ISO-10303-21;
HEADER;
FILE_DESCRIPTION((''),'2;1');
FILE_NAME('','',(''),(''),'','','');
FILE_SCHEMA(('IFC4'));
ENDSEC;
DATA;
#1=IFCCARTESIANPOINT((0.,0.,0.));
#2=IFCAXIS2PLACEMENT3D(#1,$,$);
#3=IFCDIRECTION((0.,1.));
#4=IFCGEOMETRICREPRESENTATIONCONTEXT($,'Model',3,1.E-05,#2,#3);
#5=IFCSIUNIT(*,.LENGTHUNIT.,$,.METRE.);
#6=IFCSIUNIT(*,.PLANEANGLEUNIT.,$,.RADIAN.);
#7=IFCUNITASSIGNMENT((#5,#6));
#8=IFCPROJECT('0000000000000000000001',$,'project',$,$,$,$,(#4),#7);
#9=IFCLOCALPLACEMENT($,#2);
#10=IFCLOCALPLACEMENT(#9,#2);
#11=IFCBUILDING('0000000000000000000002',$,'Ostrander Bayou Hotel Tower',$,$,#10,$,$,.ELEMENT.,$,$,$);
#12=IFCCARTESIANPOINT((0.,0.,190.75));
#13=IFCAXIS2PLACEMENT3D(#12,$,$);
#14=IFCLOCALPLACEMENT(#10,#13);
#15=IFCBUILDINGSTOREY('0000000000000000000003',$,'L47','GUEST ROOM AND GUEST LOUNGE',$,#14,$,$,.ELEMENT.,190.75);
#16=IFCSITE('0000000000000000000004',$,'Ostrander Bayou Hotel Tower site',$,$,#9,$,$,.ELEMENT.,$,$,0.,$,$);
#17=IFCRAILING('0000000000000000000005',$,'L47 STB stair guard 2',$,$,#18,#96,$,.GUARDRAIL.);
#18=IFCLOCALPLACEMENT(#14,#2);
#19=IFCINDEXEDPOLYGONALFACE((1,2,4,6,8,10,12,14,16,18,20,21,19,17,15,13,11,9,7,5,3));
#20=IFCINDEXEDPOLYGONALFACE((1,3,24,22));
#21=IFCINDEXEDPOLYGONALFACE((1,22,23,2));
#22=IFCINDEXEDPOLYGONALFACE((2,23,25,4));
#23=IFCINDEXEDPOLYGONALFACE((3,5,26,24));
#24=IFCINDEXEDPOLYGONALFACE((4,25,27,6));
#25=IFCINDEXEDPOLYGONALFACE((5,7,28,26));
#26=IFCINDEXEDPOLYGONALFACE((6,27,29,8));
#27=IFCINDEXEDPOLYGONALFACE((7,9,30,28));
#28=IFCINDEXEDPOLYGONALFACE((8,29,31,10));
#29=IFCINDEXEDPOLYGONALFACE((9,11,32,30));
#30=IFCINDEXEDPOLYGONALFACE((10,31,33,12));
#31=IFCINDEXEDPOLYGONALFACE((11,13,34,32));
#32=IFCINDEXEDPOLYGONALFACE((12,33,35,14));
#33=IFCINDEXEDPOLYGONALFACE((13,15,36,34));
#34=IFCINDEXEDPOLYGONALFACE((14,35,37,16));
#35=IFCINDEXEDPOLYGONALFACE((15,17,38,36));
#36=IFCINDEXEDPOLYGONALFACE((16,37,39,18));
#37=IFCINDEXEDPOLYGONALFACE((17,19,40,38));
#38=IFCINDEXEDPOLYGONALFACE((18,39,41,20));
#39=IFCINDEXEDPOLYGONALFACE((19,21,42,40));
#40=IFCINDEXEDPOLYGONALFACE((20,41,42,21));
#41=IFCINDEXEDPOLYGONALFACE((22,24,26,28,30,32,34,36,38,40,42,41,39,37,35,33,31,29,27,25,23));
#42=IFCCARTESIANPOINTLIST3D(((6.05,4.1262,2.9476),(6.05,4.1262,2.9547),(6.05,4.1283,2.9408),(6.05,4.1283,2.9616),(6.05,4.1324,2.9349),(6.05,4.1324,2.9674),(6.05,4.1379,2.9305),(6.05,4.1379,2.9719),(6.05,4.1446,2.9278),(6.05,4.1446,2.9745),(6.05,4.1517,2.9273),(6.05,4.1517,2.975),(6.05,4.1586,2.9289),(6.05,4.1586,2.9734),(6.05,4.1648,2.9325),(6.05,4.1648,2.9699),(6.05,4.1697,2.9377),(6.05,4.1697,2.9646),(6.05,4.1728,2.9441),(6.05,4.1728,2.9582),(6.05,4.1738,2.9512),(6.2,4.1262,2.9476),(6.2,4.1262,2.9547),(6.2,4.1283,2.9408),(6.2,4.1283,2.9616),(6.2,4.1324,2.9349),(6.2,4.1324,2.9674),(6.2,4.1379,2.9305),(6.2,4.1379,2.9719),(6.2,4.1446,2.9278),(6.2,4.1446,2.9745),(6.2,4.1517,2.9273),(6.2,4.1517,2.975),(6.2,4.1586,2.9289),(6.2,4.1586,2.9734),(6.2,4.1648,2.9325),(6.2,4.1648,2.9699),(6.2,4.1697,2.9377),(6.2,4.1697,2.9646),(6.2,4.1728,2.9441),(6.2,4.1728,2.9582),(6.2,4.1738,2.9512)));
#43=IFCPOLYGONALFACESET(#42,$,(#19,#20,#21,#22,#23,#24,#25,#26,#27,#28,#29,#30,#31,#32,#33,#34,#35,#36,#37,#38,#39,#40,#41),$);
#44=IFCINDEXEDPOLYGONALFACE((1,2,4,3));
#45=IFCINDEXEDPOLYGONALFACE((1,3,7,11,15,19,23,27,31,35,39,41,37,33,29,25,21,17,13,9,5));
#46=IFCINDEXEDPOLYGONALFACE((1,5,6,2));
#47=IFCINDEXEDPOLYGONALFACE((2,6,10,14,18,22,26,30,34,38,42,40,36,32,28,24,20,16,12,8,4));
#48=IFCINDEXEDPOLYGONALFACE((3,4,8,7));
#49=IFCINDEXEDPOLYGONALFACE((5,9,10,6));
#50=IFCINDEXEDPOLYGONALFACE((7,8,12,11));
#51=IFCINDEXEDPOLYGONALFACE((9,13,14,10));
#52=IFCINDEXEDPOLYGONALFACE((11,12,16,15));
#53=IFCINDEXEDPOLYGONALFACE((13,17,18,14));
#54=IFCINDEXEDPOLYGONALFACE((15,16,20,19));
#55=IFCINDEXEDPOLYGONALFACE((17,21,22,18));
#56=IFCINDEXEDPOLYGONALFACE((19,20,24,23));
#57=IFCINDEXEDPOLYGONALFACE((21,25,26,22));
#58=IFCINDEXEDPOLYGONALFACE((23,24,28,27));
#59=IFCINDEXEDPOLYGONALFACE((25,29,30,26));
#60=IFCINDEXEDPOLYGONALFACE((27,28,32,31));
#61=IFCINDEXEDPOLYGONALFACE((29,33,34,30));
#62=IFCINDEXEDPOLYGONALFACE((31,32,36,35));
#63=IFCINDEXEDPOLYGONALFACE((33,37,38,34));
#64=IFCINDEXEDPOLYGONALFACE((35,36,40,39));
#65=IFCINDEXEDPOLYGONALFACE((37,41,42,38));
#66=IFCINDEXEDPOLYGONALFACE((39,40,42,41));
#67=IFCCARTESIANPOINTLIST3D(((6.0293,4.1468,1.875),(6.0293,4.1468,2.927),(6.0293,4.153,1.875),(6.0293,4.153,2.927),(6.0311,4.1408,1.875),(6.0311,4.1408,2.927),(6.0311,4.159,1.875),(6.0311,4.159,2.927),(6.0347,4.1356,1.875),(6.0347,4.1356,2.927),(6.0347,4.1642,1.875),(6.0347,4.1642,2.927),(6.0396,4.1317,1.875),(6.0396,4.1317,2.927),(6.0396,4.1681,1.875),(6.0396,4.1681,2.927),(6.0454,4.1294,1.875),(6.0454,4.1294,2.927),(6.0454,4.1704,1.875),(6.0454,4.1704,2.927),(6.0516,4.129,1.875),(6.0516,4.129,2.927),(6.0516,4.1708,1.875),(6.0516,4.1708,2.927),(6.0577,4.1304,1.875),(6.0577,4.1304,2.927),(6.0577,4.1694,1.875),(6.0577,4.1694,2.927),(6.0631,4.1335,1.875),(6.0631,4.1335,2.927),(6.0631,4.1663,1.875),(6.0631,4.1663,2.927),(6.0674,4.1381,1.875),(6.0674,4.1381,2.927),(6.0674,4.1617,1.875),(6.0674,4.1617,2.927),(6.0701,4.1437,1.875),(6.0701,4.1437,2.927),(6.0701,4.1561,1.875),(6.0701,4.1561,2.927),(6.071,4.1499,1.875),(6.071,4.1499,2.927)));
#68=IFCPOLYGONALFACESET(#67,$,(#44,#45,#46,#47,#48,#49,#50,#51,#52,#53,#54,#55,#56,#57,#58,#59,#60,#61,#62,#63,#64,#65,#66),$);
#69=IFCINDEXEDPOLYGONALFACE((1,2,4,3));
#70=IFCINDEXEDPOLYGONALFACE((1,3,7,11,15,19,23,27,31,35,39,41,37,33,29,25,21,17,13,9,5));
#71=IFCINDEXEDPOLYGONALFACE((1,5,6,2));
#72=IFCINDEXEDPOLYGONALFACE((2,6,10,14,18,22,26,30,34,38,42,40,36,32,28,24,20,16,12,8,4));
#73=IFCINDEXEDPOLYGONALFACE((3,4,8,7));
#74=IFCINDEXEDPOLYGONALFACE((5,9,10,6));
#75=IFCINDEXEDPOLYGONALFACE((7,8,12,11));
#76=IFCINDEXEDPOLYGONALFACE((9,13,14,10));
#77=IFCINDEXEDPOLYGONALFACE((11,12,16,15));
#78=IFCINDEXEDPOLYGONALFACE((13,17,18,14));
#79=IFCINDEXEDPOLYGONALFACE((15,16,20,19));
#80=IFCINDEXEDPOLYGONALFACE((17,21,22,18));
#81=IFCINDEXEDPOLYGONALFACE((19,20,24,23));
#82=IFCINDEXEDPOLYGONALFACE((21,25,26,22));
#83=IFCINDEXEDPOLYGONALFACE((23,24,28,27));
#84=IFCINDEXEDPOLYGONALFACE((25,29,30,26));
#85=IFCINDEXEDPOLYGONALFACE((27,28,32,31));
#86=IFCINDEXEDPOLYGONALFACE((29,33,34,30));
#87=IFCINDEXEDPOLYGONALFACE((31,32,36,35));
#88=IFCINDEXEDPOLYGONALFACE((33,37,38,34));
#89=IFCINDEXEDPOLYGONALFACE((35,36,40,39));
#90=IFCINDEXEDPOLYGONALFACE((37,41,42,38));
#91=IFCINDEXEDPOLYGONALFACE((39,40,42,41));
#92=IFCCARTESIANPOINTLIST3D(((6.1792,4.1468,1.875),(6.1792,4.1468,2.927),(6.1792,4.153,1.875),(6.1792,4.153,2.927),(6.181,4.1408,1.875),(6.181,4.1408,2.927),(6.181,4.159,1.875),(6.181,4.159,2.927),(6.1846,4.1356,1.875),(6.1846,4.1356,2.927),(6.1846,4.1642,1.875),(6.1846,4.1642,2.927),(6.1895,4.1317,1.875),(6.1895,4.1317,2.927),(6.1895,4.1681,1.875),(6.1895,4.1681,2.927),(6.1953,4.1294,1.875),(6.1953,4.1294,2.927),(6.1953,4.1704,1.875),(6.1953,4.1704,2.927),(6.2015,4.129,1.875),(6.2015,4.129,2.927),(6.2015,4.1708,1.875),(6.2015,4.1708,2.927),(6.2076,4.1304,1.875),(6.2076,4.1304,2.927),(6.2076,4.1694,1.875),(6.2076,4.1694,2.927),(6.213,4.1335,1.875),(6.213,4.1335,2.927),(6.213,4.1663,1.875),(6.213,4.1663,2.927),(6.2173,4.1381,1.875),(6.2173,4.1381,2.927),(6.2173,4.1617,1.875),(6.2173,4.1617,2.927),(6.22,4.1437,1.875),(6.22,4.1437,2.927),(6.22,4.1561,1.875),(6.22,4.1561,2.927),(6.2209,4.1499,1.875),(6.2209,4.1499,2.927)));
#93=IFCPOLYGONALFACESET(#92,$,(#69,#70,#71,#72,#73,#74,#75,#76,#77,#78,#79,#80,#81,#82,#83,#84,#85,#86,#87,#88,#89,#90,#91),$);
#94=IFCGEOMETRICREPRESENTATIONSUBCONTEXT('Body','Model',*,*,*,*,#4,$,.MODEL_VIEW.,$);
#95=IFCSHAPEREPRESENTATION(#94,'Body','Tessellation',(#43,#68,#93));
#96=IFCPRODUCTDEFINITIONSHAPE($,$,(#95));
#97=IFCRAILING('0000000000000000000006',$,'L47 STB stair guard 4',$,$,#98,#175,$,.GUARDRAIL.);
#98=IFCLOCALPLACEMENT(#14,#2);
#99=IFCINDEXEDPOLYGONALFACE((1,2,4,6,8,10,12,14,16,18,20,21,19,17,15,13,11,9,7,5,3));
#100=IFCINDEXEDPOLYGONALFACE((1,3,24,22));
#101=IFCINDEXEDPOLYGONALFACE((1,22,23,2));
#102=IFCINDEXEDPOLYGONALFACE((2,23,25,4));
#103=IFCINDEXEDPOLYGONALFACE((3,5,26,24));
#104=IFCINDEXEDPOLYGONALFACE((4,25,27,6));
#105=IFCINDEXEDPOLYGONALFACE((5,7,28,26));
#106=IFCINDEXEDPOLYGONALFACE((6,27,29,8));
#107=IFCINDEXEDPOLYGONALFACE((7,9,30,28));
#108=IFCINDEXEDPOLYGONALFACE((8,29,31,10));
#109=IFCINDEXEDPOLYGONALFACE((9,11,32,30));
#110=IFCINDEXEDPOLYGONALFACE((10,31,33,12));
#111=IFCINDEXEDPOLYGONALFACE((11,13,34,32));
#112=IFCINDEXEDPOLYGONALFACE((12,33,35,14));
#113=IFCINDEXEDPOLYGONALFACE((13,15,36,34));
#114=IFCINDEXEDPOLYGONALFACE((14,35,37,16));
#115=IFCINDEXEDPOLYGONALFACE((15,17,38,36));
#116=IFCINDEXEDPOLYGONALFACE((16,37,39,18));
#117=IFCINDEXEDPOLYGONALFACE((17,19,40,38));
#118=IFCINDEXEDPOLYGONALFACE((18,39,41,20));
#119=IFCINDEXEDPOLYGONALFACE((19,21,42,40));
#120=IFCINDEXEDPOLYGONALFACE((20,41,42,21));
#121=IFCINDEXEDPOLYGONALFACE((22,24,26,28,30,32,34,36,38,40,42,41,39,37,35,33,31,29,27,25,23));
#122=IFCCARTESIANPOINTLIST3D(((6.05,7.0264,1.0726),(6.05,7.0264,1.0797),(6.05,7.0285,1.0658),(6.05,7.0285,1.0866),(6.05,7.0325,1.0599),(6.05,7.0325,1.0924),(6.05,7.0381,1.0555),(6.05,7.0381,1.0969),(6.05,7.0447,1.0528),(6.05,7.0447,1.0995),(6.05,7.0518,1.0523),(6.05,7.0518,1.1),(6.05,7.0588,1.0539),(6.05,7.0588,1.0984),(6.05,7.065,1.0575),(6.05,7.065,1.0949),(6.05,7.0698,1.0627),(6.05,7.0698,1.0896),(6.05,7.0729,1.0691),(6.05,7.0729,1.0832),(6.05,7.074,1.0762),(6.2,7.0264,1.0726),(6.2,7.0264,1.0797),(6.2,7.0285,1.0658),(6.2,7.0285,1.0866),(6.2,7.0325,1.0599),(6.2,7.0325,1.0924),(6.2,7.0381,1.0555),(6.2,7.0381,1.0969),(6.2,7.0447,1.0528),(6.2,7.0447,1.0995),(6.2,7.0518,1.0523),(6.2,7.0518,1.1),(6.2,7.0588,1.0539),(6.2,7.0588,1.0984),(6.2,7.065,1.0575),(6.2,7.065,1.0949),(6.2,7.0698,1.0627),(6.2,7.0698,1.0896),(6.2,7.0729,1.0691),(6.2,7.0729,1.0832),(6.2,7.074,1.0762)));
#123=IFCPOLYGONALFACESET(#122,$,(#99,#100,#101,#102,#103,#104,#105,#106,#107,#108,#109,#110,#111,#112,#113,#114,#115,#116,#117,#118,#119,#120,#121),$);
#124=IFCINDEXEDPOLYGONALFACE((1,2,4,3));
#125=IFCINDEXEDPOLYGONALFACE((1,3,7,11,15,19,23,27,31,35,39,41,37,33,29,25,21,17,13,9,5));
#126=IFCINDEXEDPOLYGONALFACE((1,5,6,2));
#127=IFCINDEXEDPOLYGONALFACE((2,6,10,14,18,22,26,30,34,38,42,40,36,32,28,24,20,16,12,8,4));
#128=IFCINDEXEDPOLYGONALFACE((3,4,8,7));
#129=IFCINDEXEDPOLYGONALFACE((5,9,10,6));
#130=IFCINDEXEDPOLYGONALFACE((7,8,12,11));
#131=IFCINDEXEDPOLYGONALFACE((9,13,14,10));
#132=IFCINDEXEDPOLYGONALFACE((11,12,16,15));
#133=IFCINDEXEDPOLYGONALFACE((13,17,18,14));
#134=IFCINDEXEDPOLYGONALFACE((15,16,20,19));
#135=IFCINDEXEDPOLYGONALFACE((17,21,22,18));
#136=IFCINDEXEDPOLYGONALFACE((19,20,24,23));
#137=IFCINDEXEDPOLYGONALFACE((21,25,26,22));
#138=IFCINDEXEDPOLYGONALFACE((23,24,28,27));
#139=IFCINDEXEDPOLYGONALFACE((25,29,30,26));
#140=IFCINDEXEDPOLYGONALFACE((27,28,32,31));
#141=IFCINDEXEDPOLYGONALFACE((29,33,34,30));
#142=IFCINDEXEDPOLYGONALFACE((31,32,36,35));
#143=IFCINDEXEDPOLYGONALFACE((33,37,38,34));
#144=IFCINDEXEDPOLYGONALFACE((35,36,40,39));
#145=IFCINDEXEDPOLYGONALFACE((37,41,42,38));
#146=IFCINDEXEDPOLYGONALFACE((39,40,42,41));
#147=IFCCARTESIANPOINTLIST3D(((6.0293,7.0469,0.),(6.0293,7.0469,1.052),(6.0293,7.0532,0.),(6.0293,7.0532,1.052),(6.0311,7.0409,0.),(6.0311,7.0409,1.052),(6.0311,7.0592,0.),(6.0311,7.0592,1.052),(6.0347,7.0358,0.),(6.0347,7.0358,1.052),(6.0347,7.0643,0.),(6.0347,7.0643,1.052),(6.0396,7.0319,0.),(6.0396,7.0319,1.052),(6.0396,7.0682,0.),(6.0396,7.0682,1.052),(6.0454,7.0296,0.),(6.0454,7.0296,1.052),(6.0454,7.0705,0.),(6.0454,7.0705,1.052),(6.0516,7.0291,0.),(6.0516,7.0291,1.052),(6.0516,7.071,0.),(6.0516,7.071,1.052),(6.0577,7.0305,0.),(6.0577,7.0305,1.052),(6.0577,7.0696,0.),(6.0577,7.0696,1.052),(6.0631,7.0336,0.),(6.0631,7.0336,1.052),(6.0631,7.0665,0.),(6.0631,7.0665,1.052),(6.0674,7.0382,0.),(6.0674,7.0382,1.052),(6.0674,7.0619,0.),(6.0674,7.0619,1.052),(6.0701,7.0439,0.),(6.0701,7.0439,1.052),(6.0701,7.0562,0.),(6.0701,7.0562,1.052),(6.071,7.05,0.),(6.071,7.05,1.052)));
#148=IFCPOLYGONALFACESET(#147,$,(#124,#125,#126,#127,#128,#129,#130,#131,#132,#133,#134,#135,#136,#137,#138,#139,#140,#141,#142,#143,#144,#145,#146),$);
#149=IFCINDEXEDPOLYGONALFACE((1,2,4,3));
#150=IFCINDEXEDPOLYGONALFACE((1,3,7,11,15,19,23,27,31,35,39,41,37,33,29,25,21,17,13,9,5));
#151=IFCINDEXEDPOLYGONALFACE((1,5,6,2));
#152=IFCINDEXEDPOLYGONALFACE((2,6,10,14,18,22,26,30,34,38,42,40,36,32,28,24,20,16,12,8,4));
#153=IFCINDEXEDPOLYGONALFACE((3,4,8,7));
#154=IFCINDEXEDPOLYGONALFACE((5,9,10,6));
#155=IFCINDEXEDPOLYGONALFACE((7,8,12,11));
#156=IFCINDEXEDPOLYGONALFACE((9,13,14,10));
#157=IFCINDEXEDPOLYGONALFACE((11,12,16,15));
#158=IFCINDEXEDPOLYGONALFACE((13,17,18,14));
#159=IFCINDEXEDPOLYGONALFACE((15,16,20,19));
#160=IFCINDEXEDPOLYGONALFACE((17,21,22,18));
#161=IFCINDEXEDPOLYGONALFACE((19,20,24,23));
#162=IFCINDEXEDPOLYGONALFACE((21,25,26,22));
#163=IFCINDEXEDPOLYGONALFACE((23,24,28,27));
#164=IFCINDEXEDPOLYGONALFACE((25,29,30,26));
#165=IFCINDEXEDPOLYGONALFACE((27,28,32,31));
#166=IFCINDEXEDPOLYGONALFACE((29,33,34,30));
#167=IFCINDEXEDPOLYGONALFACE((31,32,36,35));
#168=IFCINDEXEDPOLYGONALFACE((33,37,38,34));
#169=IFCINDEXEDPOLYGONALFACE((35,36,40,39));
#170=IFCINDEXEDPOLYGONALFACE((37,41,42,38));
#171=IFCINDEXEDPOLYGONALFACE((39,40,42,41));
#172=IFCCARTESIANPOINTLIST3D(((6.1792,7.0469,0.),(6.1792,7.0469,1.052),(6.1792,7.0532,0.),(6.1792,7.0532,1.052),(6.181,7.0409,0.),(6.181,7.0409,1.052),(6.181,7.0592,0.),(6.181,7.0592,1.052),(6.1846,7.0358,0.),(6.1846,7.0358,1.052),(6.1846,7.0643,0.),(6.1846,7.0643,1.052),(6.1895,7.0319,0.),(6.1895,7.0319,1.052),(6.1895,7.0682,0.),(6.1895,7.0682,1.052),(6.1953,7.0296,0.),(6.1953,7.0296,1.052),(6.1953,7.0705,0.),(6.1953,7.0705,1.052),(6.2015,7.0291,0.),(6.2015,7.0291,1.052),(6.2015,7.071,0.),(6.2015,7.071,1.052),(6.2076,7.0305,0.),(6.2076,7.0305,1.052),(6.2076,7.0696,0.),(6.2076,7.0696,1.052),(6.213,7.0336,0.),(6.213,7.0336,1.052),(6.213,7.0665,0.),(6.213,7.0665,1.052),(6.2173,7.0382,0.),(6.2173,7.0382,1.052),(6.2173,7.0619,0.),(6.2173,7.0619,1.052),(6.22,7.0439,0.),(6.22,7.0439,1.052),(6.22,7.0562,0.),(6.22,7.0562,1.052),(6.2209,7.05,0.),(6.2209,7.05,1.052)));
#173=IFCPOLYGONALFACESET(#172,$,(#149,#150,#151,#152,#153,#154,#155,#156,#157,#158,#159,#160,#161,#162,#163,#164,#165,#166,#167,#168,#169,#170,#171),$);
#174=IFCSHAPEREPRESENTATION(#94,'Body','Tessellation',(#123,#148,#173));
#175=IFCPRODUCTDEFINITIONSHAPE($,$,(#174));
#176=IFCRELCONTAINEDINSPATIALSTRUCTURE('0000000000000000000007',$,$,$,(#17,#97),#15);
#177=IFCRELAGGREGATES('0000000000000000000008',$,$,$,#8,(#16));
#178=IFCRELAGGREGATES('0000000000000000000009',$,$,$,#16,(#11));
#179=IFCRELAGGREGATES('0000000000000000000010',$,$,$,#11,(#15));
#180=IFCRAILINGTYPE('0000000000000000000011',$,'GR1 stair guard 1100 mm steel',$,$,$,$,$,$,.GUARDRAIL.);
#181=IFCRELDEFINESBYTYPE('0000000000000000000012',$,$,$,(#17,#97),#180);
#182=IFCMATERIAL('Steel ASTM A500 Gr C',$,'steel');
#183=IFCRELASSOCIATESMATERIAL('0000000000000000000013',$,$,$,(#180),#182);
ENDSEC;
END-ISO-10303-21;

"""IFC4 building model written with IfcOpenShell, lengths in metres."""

from ifc_helpers import new_model, si_unit, direction, frame, origin, origin_2d, place, context, subcontext, project, spatial, circle, extrude, material, type_object, element, save


model = new_model("IFC4")

# Units and contexts
model_context = context("Model", 3, precision=1e-05, world=origin(), true_north=direction((0.0, 1.0)))
body_context = subcontext(model_context, "Body", "Model", "MODEL_VIEW")
ifc_project = project(units=[si_unit("LENGTHUNIT", "METRE"), si_unit("PLANEANGLEUNIT", "RADIAN")], contexts=[model_context])

# Site, building, storey
site_placement = place(None, origin())
site = spatial("IfcSite", under=ifc_project, at=site_placement, Name="Ostrander Bayou Hotel Tower site", CompositionType="ELEMENT", RefElevation=0.0)
building_placement = place(site_placement, origin())
building = spatial("IfcBuilding", under=site, at=building_placement, Name="Ostrander Bayou Hotel Tower", CompositionType="ELEMENT")
storey_placement = place(building_placement, frame((0.0, 0.0, 190.75)))
storey = spatial("IfcBuildingStorey", under=building, at=storey_placement, Name="L47", Description="GUEST ROOM AND GUEST LOUNGE", CompositionType="ELEMENT", Elevation=190.75)

# Railings
ifc_material_1 = material(Name="Steel ASTM A500 Gr C", Category="steel")
railing_type_1 = type_object("IfcRailingType", Name="GR1 stair guard 1100 mm steel", PredefinedType="GUARDRAIL", material=ifc_material_1)
for number, where, name in (
    (1, (6.05, 4.1499, 1.875), "L47 STB stair guard 2"),
    (2, (6.05, 7.05, 0.0), "L47 STB stair guard 4"),
):
    element("IfcRailing", number, at=place(storey_placement, frame(where)), inside=storey, type_object=railing_type_1, Name=name, PredefinedType="GUARDRAIL", context=body_context, shape_type="SweptSolid", body=[
        extrude(circle(Radius=0.0239, at=origin_2d()), frame((0.0, 0.0, 1.0762), z_axis=(1.0, 0.0, 0.0), x_axis=(0.0, 1.0, 0.0)), (0.0, 0.0, 1.0), 0.1499),
        extrude(circle(Radius=0.021, at=origin_2d()), origin(), (0.0, 0.0, 1.0), 1.052),
        extrude(circle(Radius=0.021, at=origin_2d()), frame((0.1499, 0.0, 0.0)), (0.0, 0.0, 1.0), 1.052),
    ])

save(model, "model.ifc")
